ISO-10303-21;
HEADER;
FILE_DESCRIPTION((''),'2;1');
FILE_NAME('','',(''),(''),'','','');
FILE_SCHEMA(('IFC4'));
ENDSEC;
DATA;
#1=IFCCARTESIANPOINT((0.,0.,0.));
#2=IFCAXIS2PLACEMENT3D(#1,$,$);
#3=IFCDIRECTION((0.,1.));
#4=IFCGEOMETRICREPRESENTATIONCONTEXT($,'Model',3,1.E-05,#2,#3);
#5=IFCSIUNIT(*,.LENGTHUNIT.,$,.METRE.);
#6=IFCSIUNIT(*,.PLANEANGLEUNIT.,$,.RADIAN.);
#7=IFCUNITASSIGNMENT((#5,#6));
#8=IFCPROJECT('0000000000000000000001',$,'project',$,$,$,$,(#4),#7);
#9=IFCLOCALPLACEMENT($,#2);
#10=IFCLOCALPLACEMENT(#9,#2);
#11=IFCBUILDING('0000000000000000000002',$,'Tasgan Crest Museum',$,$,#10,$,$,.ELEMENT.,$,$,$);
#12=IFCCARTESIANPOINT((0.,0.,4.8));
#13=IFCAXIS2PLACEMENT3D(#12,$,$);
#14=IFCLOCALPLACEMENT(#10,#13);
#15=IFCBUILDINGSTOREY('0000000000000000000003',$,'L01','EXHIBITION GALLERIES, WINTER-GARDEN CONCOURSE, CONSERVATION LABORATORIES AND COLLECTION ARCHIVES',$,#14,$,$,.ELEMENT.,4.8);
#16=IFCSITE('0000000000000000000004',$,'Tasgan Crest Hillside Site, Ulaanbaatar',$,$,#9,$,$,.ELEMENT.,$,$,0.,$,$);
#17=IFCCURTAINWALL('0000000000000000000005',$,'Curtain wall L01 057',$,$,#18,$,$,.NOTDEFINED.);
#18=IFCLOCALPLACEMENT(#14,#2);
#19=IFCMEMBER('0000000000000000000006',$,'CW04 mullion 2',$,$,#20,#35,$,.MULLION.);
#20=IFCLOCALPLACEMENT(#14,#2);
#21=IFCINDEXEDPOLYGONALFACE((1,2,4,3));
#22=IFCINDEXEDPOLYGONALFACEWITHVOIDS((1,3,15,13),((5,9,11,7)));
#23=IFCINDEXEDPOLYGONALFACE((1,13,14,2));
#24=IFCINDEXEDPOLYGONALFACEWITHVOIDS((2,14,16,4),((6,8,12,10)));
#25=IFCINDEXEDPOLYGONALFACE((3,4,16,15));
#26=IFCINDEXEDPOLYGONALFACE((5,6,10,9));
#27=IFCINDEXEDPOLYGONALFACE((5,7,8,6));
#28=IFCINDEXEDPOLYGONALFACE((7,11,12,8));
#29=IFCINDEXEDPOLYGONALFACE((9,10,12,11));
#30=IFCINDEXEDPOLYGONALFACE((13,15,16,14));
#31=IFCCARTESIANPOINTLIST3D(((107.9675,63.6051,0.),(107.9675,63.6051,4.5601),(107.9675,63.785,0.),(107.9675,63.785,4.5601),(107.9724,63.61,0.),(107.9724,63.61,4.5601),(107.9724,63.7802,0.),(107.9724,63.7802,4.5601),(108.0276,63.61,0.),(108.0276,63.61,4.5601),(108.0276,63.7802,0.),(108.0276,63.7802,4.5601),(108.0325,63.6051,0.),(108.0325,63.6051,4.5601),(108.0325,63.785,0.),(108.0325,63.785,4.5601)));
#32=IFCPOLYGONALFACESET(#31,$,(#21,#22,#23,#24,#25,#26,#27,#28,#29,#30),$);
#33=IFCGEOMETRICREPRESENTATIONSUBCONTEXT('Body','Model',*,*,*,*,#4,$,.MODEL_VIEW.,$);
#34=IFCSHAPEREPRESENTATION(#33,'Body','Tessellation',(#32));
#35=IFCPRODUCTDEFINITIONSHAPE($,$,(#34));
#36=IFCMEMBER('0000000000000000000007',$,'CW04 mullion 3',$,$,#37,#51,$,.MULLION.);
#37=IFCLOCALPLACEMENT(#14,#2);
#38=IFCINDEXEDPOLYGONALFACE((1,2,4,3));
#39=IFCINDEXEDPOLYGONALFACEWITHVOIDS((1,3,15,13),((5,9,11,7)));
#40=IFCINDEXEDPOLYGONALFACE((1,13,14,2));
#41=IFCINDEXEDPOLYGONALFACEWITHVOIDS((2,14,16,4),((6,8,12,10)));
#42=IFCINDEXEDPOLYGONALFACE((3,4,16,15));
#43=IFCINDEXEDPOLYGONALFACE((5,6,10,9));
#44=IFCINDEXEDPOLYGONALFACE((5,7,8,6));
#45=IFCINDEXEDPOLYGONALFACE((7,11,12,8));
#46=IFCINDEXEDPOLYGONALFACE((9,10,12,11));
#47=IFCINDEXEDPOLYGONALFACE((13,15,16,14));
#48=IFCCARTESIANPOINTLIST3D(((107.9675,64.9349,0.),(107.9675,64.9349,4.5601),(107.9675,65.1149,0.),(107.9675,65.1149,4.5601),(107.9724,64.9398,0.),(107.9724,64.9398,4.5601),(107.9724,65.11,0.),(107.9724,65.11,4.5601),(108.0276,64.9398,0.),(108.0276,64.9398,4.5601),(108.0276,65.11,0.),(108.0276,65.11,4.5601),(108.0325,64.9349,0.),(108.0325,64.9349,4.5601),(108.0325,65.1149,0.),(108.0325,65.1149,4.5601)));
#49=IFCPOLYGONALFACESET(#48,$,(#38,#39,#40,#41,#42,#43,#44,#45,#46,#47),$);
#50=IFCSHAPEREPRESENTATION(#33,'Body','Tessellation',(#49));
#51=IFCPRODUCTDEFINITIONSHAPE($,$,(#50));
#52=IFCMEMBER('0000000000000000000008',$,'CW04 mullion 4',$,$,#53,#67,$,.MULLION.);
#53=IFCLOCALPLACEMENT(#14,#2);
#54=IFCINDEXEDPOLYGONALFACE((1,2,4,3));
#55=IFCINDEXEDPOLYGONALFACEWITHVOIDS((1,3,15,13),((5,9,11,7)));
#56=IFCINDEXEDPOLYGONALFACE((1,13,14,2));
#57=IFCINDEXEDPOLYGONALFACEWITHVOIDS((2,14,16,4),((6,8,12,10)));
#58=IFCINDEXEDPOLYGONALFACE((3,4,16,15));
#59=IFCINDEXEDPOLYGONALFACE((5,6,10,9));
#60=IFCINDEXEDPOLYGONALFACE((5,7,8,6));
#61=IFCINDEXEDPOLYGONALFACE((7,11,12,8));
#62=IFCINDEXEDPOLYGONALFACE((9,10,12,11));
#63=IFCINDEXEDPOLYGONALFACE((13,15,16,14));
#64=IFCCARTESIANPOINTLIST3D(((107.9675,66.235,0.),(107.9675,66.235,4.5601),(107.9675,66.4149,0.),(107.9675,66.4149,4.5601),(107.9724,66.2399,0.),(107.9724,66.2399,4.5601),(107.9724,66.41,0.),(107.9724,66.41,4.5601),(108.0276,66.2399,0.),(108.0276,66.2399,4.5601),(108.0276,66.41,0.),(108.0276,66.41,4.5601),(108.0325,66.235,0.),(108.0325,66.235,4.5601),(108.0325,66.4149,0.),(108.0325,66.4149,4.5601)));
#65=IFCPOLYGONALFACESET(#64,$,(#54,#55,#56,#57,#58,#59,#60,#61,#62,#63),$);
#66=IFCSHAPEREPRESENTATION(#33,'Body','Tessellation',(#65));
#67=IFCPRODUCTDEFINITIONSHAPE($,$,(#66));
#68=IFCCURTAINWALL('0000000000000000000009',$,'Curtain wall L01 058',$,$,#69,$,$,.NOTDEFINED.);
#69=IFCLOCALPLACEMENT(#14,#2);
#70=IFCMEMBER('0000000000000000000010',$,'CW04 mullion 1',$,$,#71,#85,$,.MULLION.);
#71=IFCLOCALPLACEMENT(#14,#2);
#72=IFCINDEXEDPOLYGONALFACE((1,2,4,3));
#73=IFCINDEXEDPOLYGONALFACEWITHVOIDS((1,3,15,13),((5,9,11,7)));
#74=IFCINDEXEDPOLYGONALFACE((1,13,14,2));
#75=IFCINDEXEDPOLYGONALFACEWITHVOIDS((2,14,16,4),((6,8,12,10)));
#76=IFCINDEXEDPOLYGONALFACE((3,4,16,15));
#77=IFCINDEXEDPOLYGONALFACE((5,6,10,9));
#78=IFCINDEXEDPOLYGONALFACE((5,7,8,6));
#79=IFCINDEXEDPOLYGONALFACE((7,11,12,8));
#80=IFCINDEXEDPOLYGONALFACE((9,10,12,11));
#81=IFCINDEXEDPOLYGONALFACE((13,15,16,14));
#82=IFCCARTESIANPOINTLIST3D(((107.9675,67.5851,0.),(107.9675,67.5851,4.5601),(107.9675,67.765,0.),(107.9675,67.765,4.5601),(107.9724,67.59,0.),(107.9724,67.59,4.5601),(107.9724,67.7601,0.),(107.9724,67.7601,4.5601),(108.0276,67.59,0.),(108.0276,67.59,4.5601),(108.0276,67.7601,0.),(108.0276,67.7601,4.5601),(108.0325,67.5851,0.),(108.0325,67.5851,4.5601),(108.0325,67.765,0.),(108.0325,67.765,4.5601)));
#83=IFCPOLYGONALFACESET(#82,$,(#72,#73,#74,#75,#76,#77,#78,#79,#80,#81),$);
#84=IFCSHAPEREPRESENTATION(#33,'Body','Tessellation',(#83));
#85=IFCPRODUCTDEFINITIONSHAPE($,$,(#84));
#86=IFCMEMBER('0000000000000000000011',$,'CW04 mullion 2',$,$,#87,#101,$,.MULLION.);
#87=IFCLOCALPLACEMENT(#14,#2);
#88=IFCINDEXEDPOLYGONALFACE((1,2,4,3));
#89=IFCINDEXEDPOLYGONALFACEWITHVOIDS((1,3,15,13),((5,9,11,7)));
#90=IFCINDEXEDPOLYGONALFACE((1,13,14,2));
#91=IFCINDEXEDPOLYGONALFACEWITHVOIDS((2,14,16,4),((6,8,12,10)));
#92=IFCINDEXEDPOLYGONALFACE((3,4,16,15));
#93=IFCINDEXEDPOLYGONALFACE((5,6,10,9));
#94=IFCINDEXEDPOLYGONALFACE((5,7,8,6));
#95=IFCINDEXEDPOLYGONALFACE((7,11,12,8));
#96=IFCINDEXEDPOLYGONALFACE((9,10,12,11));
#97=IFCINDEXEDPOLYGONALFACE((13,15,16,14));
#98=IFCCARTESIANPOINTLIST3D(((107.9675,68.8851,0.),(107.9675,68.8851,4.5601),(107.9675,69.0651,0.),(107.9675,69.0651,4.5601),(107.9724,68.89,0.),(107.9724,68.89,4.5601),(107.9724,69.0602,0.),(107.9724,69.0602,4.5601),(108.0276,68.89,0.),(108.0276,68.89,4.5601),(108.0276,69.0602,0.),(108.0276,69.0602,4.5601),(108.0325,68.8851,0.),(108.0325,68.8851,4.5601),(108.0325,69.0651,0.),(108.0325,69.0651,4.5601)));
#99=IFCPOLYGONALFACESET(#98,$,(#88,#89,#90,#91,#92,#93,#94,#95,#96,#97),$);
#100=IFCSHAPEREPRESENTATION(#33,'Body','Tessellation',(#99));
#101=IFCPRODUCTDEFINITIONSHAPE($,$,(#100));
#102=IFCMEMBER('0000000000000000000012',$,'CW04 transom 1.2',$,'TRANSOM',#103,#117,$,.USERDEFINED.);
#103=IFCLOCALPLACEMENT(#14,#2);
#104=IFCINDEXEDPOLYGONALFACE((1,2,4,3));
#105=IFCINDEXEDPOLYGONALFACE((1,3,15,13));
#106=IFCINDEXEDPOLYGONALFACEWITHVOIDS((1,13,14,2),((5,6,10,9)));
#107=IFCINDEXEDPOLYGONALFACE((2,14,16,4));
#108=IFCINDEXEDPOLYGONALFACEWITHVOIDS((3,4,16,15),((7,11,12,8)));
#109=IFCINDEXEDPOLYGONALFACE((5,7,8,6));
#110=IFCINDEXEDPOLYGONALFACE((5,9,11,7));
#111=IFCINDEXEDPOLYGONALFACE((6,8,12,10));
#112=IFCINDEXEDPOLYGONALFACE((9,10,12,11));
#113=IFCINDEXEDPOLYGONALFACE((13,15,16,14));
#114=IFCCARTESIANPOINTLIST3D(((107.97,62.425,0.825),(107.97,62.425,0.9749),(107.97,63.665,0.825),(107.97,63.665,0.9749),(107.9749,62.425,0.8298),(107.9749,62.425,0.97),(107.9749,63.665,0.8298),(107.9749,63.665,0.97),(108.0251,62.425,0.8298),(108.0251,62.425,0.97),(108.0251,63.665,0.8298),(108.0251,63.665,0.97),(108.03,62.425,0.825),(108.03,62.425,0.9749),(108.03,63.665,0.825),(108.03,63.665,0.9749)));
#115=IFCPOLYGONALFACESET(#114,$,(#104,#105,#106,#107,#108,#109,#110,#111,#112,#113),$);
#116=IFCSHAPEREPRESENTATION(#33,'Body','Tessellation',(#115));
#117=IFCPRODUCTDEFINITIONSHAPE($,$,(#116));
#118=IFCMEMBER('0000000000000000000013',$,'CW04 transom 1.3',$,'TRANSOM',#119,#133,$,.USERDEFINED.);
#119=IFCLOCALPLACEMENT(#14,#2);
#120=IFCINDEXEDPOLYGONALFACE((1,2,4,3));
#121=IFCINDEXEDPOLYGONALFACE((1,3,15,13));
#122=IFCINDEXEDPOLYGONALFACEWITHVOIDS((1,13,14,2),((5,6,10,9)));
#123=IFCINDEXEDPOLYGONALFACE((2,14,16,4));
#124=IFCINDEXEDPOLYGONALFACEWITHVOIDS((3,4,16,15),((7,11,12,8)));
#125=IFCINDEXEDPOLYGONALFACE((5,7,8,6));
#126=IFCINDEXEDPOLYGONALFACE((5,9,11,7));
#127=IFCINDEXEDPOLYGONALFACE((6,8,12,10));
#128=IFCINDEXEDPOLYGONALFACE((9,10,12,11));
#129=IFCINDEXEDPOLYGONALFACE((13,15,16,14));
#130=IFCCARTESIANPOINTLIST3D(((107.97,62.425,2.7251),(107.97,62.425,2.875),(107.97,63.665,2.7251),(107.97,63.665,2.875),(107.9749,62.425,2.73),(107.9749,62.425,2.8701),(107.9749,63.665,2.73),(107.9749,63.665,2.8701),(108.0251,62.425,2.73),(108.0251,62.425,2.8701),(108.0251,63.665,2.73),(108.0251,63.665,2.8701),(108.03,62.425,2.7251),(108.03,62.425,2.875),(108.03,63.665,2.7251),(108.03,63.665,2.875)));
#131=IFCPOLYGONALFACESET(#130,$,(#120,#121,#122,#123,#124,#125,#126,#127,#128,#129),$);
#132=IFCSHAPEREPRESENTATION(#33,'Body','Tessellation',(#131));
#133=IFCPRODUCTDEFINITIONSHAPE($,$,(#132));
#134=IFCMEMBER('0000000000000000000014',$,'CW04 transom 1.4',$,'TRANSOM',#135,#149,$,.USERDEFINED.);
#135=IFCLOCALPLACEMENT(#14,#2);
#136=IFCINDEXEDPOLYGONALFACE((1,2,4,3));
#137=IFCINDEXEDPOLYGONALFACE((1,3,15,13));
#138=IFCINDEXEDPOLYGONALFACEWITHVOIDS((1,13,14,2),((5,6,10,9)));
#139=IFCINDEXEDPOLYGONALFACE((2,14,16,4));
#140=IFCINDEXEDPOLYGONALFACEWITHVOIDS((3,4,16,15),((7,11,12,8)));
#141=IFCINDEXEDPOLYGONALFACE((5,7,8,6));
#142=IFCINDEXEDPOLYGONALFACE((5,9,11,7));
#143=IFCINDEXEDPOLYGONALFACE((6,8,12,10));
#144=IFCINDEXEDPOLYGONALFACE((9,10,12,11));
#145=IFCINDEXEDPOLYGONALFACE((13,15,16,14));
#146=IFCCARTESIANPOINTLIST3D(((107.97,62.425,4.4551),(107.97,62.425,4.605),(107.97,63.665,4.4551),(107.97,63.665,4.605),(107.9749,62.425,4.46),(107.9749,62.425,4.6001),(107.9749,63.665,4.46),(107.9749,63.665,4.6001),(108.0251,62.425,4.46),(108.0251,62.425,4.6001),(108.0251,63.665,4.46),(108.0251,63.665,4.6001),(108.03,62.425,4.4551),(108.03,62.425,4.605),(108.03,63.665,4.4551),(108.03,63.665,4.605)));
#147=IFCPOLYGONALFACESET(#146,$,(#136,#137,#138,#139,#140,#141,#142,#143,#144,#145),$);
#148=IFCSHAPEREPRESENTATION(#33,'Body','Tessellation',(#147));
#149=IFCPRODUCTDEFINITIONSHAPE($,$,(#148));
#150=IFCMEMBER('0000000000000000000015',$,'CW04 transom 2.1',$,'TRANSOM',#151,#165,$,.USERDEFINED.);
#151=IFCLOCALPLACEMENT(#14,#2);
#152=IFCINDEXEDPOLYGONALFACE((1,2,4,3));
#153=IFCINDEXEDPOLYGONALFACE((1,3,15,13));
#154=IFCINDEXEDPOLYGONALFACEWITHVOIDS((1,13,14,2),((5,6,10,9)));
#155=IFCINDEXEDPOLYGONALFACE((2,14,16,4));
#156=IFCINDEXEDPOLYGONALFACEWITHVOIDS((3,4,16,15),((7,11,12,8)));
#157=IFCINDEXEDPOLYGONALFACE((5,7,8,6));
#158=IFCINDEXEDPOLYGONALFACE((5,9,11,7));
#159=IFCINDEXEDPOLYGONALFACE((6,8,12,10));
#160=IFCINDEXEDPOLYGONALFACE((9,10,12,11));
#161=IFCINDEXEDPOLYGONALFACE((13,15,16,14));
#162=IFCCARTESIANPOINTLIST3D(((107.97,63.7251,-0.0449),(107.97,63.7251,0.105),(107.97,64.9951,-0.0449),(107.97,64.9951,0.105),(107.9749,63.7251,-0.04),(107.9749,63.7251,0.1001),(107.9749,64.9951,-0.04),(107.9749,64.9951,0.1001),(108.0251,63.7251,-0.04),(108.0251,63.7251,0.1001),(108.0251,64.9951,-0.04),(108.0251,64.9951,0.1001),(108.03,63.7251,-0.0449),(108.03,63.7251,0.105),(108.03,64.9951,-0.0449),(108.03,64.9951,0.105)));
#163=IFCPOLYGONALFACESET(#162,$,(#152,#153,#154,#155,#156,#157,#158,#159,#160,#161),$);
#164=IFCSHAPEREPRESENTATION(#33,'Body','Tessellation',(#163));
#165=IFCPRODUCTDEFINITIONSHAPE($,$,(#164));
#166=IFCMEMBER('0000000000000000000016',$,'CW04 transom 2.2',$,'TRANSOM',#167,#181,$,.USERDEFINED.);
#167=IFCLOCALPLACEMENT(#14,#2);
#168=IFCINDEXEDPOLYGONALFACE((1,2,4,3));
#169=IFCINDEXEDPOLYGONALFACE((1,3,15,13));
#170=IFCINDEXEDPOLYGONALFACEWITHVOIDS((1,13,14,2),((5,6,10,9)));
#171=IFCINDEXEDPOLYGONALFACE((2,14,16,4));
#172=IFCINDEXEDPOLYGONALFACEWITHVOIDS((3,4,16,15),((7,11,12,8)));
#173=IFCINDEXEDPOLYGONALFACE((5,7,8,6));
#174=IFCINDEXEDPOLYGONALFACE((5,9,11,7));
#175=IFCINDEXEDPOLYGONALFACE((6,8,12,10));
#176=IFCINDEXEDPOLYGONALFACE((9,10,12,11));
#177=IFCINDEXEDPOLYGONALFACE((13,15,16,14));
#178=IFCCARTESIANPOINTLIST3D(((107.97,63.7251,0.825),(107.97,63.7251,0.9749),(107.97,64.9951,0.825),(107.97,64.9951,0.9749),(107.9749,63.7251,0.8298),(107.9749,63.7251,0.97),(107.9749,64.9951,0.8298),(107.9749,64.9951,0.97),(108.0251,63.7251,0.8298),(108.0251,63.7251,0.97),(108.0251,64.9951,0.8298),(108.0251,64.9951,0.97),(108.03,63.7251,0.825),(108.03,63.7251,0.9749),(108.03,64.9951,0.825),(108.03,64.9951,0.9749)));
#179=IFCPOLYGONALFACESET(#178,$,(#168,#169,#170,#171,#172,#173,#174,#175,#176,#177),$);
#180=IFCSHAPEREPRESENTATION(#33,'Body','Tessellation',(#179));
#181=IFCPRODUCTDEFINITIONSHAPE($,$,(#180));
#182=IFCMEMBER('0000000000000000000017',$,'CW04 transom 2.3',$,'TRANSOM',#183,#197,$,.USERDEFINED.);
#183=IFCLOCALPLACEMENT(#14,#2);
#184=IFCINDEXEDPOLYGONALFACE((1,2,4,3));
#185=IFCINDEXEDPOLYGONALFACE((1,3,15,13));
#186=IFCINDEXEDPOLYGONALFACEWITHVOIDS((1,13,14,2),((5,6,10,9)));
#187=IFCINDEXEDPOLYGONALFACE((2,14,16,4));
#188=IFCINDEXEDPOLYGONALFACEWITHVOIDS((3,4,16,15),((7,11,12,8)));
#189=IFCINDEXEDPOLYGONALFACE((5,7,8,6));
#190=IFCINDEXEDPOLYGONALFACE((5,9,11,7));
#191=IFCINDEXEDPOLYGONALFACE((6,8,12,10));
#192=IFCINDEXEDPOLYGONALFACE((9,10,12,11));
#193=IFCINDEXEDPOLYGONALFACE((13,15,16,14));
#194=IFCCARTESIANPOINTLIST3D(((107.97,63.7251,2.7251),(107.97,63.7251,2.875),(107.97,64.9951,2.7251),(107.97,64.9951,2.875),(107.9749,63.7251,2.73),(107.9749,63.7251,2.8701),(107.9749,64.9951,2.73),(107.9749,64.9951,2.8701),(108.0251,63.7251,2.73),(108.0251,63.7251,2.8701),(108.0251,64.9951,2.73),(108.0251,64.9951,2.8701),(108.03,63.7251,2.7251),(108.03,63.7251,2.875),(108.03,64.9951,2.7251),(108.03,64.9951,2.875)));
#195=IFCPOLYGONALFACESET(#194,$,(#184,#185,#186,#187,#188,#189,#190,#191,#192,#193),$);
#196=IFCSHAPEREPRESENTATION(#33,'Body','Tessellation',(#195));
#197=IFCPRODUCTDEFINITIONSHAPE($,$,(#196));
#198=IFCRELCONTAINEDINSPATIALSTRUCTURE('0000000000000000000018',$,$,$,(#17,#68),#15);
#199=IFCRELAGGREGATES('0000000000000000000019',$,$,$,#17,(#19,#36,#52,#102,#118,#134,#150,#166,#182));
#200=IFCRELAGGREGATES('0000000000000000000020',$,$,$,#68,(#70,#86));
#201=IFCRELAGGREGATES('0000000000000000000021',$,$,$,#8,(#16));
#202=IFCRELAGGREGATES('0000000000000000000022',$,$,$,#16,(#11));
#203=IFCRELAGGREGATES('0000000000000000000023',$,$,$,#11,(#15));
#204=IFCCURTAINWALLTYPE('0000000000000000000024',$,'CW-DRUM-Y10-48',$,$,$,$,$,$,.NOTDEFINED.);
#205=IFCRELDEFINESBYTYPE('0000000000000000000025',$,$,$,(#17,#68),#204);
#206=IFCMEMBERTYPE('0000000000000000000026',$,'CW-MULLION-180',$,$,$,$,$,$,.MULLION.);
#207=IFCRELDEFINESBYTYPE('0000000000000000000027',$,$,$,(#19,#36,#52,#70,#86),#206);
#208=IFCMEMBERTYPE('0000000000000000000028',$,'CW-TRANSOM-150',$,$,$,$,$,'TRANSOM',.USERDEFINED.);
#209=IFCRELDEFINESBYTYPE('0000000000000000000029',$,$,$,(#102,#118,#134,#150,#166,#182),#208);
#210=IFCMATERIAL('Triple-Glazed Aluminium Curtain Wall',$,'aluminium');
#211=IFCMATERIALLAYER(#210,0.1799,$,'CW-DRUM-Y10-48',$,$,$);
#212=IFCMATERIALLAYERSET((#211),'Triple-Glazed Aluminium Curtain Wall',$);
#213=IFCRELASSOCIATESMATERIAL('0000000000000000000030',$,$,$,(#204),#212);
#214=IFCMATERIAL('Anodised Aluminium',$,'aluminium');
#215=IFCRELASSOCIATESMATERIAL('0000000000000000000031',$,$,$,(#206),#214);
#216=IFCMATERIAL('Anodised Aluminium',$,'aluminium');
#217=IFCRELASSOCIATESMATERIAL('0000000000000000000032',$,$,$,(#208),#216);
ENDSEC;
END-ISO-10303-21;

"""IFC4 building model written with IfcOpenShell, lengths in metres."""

from ifc_helpers import new_model, si_unit, direction, frame, origin, origin_2d, place, context, subcontext, project, spatial, hollow_rectangle, extrude, material, layer, layer_set, material_profile, profile_set, type_object, element, aggregate, save


model = new_model("IFC4")

# Units and contexts
model_context = context("Model", 3, precision=1e-05, world=origin(), true_north=direction((0.0, 1.0)))
body_context = subcontext(model_context, "Body", "Model", "MODEL_VIEW")
ifc_project = project(units=[si_unit("LENGTHUNIT", "METRE"), si_unit("PLANEANGLEUNIT", "RADIAN")], contexts=[model_context])

# Site, building, storey
site_placement = place(None, origin())
site = spatial("IfcSite", under=ifc_project, at=site_placement, Name="Tasgan Crest Hillside Site, Ulaanbaatar", CompositionType="ELEMENT", RefElevation=0.0)
building_placement = place(site_placement, origin())
building = spatial("IfcBuilding", under=site, at=building_placement, Name="Tasgan Crest Museum", CompositionType="ELEMENT")
storey_placement = place(building_placement, frame((0.0, 0.0, 4.8)))
storey = spatial("IfcBuildingStorey", under=building, at=storey_placement, Name="L01", Description="EXHIBITION GALLERIES, WINTER-GARDEN CONCOURSE, CONSERVATION LABORATORIES AND COLLECTION ARCHIVES", CompositionType="ELEMENT", Elevation=4.8)

# Curtain walls, members
ifc_material_1 = material(Name="Triple-Glazed Aluminium Curtain Wall", Category="aluminium")
ifc_layer_1 = layer(ifc_material_1, 0.1799, Name="CW-DRUM-Y10-48")
ifc_layer_set_1 = layer_set([ifc_layer_1], Name="Triple-Glazed Aluminium Curtain Wall")
curtain_wall_type = type_object("IfcCurtainWallType", Name="CW-DRUM-Y10-48", PredefinedType="NOTDEFINED", material=ifc_layer_set_1)
curtain_wall_1_placement = place(storey_placement, origin())
curtain_wall_1 = element("IfcCurtainWall", 1, at=curtain_wall_1_placement, inside=storey, type_object=curtain_wall_type, Name="Curtain wall L01 057", PredefinedType="NOTDEFINED")
ifc_material_2 = material(Name="Anodised Aluminium", Category="aluminium")
ifc_material_profile_1 = material_profile(ifc_material_2, hollow_rectangle(XDim=0.0649, YDim=0.1799, WallThickness=0.0049, at=origin_2d()), Name="ALU MULLION 180x65x5")
ifc_profile_set_1 = profile_set([ifc_material_profile_1], Name="Anodised Aluminium")
member_type_1 = type_object("IfcMemberType", Name="CW-MULLION-180", PredefinedType="MULLION", material=ifc_profile_set_1)
member_1_placement = place(storey_placement, frame((108.0, 63.6951, 0.0), z_axis=(0.0, 0.0, 1.0), x_axis=(-1.0, 0.0, 0.0)))
member_1 = element("IfcMember", 2, at=member_1_placement, type_object=member_type_1, Name="CW04 mullion 2", PredefinedType="MULLION", context=body_context, shape_type="SweptSolid", body=[
    extrude(hollow_rectangle(XDim=0.0649, YDim=0.1799, WallThickness=0.0049, at=origin_2d()), origin(), (0.0, 0.0, 1.0), 4.5601),
])
member_2_placement = place(storey_placement, frame((108.0, 65.0249, 0.0), z_axis=(0.0, 0.0, 1.0), x_axis=(-1.0, 0.0, 0.0)))
member_2 = element("IfcMember", 3, at=member_2_placement, type_object=member_type_1, Name="CW04 mullion 3", PredefinedType="MULLION", context=body_context, shape_type="SweptSolid", body=[
    extrude(hollow_rectangle(XDim=0.0649, YDim=0.1799, WallThickness=0.0049, at=origin_2d()), origin(), (0.0, 0.0, 1.0), 4.5601),
])
member_3_placement = place(storey_placement, frame((108.0, 66.325, 0.0), z_axis=(0.0, 0.0, 1.0), x_axis=(-1.0, 0.0, 0.0)))
member_3 = element("IfcMember", 4, at=member_3_placement, type_object=member_type_1, Name="CW04 mullion 4", PredefinedType="MULLION", context=body_context, shape_type="SweptSolid", body=[
    extrude(hollow_rectangle(XDim=0.0649, YDim=0.1799, WallThickness=0.0049, at=origin_2d()), origin(), (0.0, 0.0, 1.0), 4.5601),
])
curtain_wall_2_placement = place(storey_placement, origin())
curtain_wall_2 = element("IfcCurtainWall", 5, at=curtain_wall_2_placement, inside=storey, type_object=curtain_wall_type, Name="Curtain wall L01 058", PredefinedType="NOTDEFINED")
member_4_placement = place(storey_placement, frame((108.0, 67.675, 0.0), z_axis=(0.0, 0.0, 1.0), x_axis=(-1.0, 0.0, 0.0)))
member_4 = element("IfcMember", 6, at=member_4_placement, type_object=member_type_1, Name="CW04 mullion 1", PredefinedType="MULLION", context=body_context, shape_type="SweptSolid", body=[
    extrude(hollow_rectangle(XDim=0.0649, YDim=0.1799, WallThickness=0.0049, at=origin_2d()), origin(), (0.0, 0.0, 1.0), 4.5601),
])
member_5_placement = place(storey_placement, frame((108.0, 68.9751, 0.0), z_axis=(0.0, 0.0, 1.0), x_axis=(-1.0, 0.0, 0.0)))
member_5 = element("IfcMember", 7, at=member_5_placement, type_object=member_type_1, Name="CW04 mullion 2", PredefinedType="MULLION", context=body_context, shape_type="SweptSolid", body=[
    extrude(hollow_rectangle(XDim=0.0649, YDim=0.1799, WallThickness=0.0049, at=origin_2d()), origin(), (0.0, 0.0, 1.0), 4.5601),
])

# Members
ifc_material_3 = material(Name="Anodised Aluminium", Category="aluminium")
ifc_material_profile_2 = material_profile(ifc_material_3, hollow_rectangle(XDim=0.0601, YDim=0.1499, WallThickness=0.0049, at=origin_2d()), Name="ALU TRANSOM 150x60x5")
ifc_profile_set_2 = profile_set([ifc_material_profile_2], Name="Anodised Aluminium")
member_type_2 = type_object("IfcMemberType", Name="CW-TRANSOM-150", ElementType="TRANSOM", PredefinedType="USERDEFINED", material=ifc_profile_set_2)
member_6_placement = place(storey_placement, frame((108.0, 62.425, 0.8999), z_axis=(0.0, 1.0, 0.0), x_axis=(-1.0, 0.0, 0.0)))
member_6 = element("IfcMember", 8, at=member_6_placement, type_object=member_type_2, Name="CW04 transom 1.2", ObjectType="TRANSOM", PredefinedType="USERDEFINED", context=body_context, shape_type="SweptSolid", body=[
    extrude(hollow_rectangle(XDim=0.0601, YDim=0.1499, WallThickness=0.0049, at=origin_2d()), origin(), (0.0, 0.0, 1.0), 1.24),
])
member_7_placement = place(storey_placement, frame((108.0, 62.425, 2.8), z_axis=(0.0, 1.0, 0.0), x_axis=(-1.0, 0.0, 0.0)))
member_7 = element("IfcMember", 9, at=member_7_placement, type_object=member_type_2, Name="CW04 transom 1.3", ObjectType="TRANSOM", PredefinedType="USERDEFINED", context=body_context, shape_type="SweptSolid", body=[
    extrude(hollow_rectangle(XDim=0.0601, YDim=0.1499, WallThickness=0.0049, at=origin_2d()), origin(), (0.0, 0.0, 1.0), 1.24),
])
member_8_placement = place(storey_placement, frame((108.0, 62.425, 4.53), z_axis=(0.0, 1.0, 0.0), x_axis=(-1.0, 0.0, 0.0)))
member_8 = element("IfcMember", 10, at=member_8_placement, type_object=member_type_2, Name="CW04 transom 1.4", ObjectType="TRANSOM", PredefinedType="USERDEFINED", context=body_context, shape_type="SweptSolid", body=[
    extrude(hollow_rectangle(XDim=0.0601, YDim=0.1499, WallThickness=0.0049, at=origin_2d()), origin(), (0.0, 0.0, 1.0), 1.24),
])
member_9_placement = place(storey_placement, frame((108.0, 63.7251, 0.03), z_axis=(0.0, 1.0, 0.0), x_axis=(-1.0, 0.0, 0.0)))
member_9 = element("IfcMember", 11, at=member_9_placement, type_object=member_type_2, Name="CW04 transom 2.1", ObjectType="TRANSOM", PredefinedType="USERDEFINED", context=body_context, shape_type="SweptSolid", body=[
    extrude(hollow_rectangle(XDim=0.0601, YDim=0.1499, WallThickness=0.0049, at=origin_2d()), origin(), (0.0, 0.0, 1.0), 1.27),
])
member_10_placement = place(storey_placement, frame((108.0, 63.7251, 0.8999), z_axis=(0.0, 1.0, 0.0), x_axis=(-1.0, 0.0, 0.0)))
member_10 = element("IfcMember", 12, at=member_10_placement, type_object=member_type_2, Name="CW04 transom 2.2", ObjectType="TRANSOM", PredefinedType="USERDEFINED", context=body_context, shape_type="SweptSolid", body=[
    extrude(hollow_rectangle(XDim=0.0601, YDim=0.1499, WallThickness=0.0049, at=origin_2d()), origin(), (0.0, 0.0, 1.0), 1.27),
])
member_11_placement = place(storey_placement, frame((108.0, 63.7251, 2.8), z_axis=(0.0, 1.0, 0.0), x_axis=(-1.0, 0.0, 0.0)))
member_11 = element("IfcMember", 13, at=member_11_placement, type_object=member_type_2, Name="CW04 transom 2.3", ObjectType="TRANSOM", PredefinedType="USERDEFINED", context=body_context, shape_type="SweptSolid", body=[
    extrude(hollow_rectangle(XDim=0.0601, YDim=0.1499, WallThickness=0.0049, at=origin_2d()), origin(), (0.0, 0.0, 1.0), 1.27),
])

aggregate(curtain_wall_1, [member_1, member_2, member_3, member_6, member_7, member_8, member_9, member_10, member_11])
aggregate(curtain_wall_2, [member_4, member_5])

save(model, "model.ifc")
